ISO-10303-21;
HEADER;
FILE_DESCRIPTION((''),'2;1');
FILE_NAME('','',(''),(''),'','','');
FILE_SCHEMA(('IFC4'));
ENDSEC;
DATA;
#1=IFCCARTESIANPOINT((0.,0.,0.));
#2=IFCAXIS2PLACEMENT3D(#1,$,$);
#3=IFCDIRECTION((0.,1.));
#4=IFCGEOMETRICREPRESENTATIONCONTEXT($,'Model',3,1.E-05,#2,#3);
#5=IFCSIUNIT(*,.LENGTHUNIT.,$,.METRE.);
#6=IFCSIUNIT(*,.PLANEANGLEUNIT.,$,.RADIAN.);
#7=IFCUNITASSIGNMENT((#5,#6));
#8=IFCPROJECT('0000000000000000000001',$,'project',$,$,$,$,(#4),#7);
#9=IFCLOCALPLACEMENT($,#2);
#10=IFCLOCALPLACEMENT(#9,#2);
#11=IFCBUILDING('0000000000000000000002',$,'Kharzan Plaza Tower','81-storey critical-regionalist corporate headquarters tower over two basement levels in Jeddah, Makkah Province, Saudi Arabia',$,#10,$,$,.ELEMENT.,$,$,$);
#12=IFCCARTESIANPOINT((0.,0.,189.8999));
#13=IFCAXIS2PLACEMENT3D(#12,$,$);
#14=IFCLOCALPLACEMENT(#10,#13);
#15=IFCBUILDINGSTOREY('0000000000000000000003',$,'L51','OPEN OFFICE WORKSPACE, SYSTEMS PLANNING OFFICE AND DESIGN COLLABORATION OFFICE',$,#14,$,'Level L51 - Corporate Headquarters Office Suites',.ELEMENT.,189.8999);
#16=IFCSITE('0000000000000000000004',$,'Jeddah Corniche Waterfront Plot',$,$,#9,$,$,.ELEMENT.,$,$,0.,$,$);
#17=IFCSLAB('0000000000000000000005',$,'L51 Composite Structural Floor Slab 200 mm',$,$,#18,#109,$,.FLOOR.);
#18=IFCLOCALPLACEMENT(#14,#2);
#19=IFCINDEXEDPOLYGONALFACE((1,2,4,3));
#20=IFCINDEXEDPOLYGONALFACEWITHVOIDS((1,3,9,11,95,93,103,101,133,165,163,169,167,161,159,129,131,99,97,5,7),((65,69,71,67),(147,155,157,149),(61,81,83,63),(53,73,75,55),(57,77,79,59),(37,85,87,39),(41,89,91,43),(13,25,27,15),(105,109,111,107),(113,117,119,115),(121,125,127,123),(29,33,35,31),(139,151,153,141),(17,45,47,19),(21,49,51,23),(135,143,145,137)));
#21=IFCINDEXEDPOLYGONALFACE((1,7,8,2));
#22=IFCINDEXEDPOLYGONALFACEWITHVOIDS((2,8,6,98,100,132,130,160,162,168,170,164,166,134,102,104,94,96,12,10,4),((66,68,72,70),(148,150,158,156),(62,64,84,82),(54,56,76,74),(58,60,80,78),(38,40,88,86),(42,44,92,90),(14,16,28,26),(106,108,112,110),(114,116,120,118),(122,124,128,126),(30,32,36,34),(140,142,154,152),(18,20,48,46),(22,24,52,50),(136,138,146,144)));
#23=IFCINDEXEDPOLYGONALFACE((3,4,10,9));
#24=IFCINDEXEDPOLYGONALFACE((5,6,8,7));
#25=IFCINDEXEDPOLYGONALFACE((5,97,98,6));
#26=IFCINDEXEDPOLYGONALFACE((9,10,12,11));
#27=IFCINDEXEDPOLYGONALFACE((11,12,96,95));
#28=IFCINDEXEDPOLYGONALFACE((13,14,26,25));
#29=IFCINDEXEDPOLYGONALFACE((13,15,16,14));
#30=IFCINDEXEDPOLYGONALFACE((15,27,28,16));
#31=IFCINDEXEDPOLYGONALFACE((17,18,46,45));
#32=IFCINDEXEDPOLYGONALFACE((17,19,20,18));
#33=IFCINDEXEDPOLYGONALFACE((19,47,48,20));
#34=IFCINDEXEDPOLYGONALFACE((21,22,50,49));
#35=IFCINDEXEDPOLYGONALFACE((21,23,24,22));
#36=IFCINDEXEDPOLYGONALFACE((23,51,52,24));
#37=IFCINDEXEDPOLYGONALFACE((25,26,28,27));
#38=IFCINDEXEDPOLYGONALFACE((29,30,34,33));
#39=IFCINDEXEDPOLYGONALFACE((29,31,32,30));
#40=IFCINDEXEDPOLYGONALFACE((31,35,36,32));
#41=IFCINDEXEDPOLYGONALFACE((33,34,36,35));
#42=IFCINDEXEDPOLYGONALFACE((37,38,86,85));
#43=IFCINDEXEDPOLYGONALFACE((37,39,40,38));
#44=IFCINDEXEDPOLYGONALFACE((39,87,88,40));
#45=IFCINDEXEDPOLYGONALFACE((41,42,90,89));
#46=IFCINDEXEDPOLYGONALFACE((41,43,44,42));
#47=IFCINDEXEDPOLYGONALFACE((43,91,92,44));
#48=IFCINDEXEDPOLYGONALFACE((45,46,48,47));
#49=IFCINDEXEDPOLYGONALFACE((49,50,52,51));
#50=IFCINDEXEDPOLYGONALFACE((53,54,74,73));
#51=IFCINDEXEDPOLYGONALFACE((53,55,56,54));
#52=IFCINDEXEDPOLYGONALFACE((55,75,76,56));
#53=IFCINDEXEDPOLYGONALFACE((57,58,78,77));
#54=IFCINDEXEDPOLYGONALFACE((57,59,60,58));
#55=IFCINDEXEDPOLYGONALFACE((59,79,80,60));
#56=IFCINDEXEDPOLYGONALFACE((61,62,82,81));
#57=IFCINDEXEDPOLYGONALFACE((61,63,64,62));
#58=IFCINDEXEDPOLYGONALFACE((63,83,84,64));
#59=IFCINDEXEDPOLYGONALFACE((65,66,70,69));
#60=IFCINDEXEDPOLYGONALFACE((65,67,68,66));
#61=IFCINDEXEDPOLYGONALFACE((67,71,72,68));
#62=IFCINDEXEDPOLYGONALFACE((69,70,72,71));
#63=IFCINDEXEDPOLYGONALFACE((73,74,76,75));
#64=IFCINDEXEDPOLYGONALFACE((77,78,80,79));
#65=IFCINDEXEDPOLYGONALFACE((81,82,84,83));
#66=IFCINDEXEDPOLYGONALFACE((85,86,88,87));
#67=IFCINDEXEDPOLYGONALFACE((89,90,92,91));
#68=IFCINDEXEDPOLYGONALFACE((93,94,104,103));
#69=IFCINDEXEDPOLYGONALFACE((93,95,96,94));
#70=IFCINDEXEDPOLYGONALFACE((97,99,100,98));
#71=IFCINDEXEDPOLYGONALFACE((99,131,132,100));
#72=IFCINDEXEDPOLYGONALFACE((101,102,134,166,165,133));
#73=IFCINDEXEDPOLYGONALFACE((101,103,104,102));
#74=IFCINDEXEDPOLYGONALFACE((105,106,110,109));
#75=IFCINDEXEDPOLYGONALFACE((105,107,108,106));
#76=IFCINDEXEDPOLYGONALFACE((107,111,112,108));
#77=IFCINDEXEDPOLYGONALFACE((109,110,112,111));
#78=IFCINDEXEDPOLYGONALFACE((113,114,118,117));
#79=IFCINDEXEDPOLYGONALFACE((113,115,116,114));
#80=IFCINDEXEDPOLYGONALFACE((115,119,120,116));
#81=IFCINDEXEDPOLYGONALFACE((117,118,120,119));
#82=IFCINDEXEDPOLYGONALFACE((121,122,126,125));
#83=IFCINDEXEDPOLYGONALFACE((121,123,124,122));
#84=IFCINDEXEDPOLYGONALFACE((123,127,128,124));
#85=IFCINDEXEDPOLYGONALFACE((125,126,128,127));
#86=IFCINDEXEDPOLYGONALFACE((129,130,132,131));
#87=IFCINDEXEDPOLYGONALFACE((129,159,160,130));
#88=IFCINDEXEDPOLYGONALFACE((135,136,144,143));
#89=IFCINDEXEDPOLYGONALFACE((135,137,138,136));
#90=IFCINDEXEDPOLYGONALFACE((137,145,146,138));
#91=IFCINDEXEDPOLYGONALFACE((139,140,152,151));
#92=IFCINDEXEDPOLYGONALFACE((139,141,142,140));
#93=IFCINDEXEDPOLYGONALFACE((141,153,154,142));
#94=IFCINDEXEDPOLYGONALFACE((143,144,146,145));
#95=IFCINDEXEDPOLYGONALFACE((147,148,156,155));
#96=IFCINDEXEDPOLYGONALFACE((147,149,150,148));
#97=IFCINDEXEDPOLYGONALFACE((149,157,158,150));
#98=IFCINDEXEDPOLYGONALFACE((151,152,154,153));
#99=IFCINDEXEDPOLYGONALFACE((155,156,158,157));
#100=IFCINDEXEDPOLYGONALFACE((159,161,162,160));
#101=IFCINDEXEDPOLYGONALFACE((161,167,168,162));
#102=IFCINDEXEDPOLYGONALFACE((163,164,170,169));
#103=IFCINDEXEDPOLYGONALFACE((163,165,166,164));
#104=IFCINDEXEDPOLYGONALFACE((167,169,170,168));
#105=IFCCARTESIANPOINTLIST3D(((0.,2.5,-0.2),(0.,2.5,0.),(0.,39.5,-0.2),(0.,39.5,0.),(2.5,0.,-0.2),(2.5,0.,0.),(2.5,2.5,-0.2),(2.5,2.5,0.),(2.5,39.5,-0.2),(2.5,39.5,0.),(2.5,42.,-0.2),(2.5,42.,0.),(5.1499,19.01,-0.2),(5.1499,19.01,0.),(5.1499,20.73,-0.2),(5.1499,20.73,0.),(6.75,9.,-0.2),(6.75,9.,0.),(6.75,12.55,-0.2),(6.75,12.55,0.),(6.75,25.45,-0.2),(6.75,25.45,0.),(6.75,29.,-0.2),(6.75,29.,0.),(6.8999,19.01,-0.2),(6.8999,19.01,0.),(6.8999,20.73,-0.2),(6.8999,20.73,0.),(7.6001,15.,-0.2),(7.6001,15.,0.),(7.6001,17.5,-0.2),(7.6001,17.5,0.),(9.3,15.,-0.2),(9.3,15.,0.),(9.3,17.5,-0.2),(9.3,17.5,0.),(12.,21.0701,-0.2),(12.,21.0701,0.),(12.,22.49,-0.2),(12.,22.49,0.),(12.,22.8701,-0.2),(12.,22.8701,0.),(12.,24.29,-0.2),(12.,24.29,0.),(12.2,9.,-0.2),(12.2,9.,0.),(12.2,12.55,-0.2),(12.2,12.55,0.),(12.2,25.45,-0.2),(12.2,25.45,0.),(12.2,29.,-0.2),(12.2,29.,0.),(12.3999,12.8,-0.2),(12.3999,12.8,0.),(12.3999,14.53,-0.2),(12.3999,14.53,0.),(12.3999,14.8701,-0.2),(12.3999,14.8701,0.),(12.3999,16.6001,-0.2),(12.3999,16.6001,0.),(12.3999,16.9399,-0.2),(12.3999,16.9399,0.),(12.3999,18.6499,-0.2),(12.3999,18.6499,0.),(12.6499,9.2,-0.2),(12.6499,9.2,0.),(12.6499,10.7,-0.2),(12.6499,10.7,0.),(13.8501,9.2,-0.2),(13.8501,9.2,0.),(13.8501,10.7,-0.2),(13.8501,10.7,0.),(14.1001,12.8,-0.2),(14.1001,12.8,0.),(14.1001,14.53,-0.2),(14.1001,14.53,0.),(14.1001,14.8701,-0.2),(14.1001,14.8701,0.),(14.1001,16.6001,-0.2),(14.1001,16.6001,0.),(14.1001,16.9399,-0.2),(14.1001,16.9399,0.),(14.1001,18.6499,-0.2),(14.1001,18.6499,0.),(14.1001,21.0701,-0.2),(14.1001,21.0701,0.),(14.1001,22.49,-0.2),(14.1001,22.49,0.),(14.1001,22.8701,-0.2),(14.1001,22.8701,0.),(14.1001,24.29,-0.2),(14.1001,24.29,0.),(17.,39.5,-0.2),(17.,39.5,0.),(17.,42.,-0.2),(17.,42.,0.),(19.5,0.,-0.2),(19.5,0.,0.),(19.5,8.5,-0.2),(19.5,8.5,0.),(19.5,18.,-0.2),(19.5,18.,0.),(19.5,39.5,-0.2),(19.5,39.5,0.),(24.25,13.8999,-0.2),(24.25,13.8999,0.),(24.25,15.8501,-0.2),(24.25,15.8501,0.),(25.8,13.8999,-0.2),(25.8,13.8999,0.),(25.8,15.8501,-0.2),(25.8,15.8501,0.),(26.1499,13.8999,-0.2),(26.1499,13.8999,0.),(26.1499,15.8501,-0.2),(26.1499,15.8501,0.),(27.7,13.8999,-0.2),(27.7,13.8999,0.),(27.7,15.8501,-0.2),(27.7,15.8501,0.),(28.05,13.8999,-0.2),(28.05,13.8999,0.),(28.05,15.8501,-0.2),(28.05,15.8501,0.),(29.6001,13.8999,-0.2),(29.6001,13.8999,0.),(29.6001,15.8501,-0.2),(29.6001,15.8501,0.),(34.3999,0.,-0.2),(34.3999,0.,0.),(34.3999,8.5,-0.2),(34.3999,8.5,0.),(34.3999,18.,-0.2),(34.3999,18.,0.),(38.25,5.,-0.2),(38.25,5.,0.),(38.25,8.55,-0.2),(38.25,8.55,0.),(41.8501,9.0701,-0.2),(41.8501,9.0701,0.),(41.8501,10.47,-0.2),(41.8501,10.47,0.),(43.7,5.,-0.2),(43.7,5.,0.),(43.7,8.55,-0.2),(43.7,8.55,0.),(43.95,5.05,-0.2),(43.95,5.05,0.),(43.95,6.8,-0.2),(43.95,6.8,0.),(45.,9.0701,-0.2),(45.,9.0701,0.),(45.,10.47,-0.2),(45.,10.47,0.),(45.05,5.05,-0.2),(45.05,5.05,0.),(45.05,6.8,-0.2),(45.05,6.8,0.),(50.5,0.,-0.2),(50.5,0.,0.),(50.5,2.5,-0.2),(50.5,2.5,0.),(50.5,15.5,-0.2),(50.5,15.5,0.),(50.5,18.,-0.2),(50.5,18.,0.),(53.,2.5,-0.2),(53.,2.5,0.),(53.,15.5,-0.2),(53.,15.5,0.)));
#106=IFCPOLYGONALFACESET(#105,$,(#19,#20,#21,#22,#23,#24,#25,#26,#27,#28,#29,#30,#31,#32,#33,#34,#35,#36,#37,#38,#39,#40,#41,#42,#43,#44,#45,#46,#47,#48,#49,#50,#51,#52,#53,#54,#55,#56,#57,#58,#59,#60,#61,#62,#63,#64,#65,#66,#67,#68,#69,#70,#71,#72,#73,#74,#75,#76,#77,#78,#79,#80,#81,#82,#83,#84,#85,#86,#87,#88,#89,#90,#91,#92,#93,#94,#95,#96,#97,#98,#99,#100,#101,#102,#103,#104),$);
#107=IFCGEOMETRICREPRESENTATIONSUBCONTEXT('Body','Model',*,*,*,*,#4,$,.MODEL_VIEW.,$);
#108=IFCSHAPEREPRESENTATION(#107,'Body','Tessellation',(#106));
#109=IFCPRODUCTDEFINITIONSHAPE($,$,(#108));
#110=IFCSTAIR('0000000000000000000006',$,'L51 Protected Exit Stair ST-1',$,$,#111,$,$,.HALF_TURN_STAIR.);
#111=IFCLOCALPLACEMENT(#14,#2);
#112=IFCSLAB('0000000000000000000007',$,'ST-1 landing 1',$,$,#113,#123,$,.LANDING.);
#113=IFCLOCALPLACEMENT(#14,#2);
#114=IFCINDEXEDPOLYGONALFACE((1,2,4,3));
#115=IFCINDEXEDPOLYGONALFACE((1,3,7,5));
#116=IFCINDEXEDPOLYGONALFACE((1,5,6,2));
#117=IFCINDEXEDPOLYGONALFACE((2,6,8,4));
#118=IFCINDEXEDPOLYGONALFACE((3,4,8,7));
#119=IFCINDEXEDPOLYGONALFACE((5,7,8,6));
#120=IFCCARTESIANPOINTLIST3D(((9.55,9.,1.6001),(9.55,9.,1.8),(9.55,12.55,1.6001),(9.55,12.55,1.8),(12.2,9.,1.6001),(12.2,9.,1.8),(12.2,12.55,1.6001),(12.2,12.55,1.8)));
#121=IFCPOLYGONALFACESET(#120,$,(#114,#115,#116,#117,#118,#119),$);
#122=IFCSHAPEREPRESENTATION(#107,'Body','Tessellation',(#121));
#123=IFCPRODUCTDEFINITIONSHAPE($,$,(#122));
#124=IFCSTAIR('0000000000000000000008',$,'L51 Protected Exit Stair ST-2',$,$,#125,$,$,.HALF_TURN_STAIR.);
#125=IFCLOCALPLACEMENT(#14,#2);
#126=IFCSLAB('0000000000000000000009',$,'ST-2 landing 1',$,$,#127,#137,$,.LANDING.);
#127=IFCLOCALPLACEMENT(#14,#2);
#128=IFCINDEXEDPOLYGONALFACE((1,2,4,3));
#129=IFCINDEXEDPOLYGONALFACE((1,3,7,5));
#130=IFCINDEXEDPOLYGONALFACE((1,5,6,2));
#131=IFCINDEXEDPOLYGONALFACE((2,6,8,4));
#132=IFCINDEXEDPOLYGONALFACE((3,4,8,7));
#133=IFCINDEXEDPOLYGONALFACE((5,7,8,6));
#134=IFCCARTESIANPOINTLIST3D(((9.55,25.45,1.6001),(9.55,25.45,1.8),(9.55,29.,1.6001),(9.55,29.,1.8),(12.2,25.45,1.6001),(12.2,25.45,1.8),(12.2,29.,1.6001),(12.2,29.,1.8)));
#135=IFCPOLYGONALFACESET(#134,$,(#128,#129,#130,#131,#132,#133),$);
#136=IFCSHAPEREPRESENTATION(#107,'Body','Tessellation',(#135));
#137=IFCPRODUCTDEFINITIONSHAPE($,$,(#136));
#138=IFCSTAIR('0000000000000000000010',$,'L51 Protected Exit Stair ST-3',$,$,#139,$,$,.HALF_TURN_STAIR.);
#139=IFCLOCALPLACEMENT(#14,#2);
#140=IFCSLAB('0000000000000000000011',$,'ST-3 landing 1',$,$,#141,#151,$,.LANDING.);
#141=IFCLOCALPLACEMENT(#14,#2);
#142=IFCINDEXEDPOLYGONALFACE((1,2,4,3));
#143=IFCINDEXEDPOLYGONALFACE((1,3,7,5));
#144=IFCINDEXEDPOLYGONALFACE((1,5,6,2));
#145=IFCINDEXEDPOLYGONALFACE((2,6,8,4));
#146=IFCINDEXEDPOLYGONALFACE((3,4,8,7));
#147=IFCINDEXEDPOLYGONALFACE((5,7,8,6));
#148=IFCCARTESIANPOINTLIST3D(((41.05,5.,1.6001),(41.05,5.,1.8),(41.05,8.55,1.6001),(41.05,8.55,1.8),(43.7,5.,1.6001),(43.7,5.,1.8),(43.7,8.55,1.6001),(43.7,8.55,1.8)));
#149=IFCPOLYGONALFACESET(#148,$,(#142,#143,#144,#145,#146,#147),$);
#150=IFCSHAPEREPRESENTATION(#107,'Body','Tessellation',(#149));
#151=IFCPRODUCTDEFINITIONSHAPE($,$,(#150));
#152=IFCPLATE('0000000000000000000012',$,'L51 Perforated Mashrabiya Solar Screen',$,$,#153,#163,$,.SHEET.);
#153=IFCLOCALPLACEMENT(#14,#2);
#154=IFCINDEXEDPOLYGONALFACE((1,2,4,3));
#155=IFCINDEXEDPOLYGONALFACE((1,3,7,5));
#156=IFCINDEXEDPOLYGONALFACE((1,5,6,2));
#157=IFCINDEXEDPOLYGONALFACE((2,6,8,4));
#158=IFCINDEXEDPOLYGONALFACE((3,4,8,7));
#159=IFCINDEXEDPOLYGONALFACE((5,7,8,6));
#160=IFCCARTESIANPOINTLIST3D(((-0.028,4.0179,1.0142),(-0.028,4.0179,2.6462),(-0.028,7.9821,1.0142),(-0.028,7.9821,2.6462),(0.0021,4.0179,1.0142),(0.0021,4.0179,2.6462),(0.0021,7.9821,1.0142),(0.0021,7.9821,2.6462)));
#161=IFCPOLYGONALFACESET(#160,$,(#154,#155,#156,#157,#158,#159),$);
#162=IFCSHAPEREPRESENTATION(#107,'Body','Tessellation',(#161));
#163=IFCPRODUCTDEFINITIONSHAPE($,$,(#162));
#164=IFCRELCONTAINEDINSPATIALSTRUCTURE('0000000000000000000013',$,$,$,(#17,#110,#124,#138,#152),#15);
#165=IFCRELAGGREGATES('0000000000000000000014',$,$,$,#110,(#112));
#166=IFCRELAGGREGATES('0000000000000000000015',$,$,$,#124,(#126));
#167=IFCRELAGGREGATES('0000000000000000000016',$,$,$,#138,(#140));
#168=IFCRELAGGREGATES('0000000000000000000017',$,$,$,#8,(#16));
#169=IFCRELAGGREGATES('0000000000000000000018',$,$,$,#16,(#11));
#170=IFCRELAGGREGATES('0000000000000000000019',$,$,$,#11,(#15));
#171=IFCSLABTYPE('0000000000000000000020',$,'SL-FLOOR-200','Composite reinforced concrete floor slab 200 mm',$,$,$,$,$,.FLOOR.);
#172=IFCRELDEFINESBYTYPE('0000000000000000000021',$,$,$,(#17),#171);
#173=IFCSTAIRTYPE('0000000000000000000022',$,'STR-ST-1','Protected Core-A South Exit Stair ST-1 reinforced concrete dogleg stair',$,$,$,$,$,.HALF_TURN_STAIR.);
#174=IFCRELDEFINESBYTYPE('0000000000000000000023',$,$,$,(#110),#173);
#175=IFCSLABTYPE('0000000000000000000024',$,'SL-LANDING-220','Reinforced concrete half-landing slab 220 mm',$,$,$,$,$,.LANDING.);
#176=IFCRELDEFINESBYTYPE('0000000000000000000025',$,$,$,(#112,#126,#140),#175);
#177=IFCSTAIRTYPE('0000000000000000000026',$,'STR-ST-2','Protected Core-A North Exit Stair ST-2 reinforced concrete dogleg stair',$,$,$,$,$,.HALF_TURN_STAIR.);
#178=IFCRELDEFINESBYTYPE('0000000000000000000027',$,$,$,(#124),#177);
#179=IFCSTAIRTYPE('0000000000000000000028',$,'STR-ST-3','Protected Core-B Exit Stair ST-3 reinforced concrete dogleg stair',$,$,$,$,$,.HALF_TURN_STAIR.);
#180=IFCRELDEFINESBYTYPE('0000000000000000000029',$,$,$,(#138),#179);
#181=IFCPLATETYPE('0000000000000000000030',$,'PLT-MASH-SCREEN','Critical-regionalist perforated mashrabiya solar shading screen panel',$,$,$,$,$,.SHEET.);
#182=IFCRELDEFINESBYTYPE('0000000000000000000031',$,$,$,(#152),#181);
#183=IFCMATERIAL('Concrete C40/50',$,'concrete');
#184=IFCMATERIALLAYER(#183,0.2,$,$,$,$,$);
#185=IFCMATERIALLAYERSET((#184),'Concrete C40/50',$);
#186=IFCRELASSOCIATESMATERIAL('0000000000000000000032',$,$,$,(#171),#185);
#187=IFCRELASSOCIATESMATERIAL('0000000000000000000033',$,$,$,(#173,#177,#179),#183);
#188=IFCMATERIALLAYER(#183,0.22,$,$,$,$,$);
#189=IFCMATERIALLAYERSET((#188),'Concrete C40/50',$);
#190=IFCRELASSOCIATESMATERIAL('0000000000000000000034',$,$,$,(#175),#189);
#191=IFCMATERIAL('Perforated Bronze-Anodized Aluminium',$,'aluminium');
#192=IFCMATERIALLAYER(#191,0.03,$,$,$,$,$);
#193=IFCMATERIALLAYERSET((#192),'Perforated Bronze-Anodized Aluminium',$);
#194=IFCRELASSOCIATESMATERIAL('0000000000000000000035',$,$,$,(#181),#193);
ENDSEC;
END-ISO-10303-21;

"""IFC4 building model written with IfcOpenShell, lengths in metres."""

from ifc_helpers import new_model, si_unit, direction, frame, origin, origin_2d, place, context, subcontext, project, spatial, polyline, rectangle, outline, extrude, source, transform, mapped, material, layer, layer_set, type_object, element, aggregate, save


model = new_model("IFC4")

# Units and contexts
model_context = context("Model", 3, precision=1e-05, world=origin(), true_north=direction((0.0, 1.0)))
body_context = subcontext(model_context, "Body", "Model", "MODEL_VIEW")
ifc_project = project(units=[si_unit("LENGTHUNIT", "METRE"), si_unit("PLANEANGLEUNIT", "RADIAN")], contexts=[model_context])

# Site, building, storey
site_placement = place(None, origin())
site = spatial("IfcSite", under=ifc_project, at=site_placement, Name="Jeddah Corniche Waterfront Plot", CompositionType="ELEMENT", RefElevation=0.0)
building_placement = place(site_placement, origin())
building = spatial("IfcBuilding", under=site, at=building_placement, Name="Kharzan Plaza Tower", Description="81-storey critical-regionalist corporate headquarters tower over two basement levels in Jeddah, Makkah Province, Saudi Arabia", CompositionType="ELEMENT")
storey_placement = place(building_placement, frame((0.0, 0.0, 189.8999)))
storey = spatial("IfcBuildingStorey", under=building, at=storey_placement, Name="L51", Description="OPEN OFFICE WORKSPACE, SYSTEMS PLANNING OFFICE AND DESIGN COLLABORATION OFFICE", LongName="Level L51 - Corporate Headquarters Office Suites", CompositionType="ELEMENT", Elevation=189.8999)

# Slab
ifc_material_1 = material(Name="Concrete C40/50", Category="concrete")
ifc_layer_1 = layer(ifc_material_1, 0.2)
ifc_layer_set_1 = layer_set([ifc_layer_1], Name="Concrete C40/50")
slab_type_1 = type_object("IfcSlabType", Name="SL-FLOOR-200", Description="Composite reinforced concrete floor slab 200 mm", PredefinedType="FLOOR", material=ifc_layer_set_1)
slab_1_placement = place(storey_placement, frame((0.0, 0.0, -0.2)))
element("IfcSlab", 1, at=slab_1_placement, inside=storey, type_object=slab_type_1, Name="L51 Composite Structural Floor Slab 200 mm", PredefinedType="FLOOR", context=body_context, shape_type="SweptSolid", body=[
    extrude(outline(polyline([(34.3999, 18.0), (19.5, 18.0), (19.5, 39.5), (17.0, 39.5), (17.0, 42.0), (2.5, 42.0), (2.5, 39.5), (0.0, 39.5), (0.0, 2.5), (2.5, 2.5), (2.5, 0.0), (19.5, 0.0), (19.5, 8.5), (34.3999, 8.5), (34.3999, 0.0), (50.5, 0.0), (50.5, 2.5), (53.0, 2.5), (53.0, 15.5), (50.5, 15.5), (50.5, 18.0), (34.3999, 18.0)]), holes=[polyline([(12.2, 9.0), (12.2, 12.55), (6.75, 12.55), (6.75, 9.0), (12.2, 9.0)]), polyline([(14.1001, 12.8), (14.1001, 14.53), (12.3999, 14.53), (12.3999, 12.8), (14.1001, 12.8)]), polyline([(14.1001, 14.8701), (14.1001, 16.6001), (12.3999, 16.6001), (12.3999, 14.8701), (14.1001, 14.8701)]), polyline([(9.3, 15.0), (9.3, 17.5), (7.6001, 17.5), (7.6001, 15.0), (9.3, 15.0)]), polyline([(6.8999, 19.01), (6.8999, 20.73), (5.1499, 20.73), (5.1499, 19.01), (6.8999, 19.01)]), polyline([(14.1001, 21.0701), (14.1001, 22.49), (12.0, 22.49), (12.0, 21.0701), (14.1001, 21.0701)]), polyline([(14.1001, 22.8701), (14.1001, 24.29), (12.0, 24.29), (12.0, 22.8701), (14.1001, 22.8701)]), polyline([(12.2, 25.45), (12.2, 29.0), (6.75, 29.0), (6.75, 25.45), (12.2, 25.45)]), polyline([(45.05, 5.05), (45.05, 6.8), (43.95, 6.8), (43.95, 5.05), (45.05, 5.05)]), polyline([(43.7, 5.0), (43.7, 8.55), (38.25, 8.55), (38.25, 5.0), (43.7, 5.0)]), polyline([(45.0, 9.0701), (45.0, 10.47), (41.8501, 10.47), (41.8501, 9.0701), (45.0, 9.0701)]), polyline([(13.8501, 9.2), (13.8501, 10.7), (12.6499, 10.7), (12.6499, 9.2), (13.8501, 9.2)]), polyline([(25.8, 13.8999), (25.8, 15.8501), (24.25, 15.8501), (24.25, 13.8999), (25.8, 13.8999)]), polyline([(27.7, 13.8999), (27.7, 15.8501), (26.1499, 15.8501), (26.1499, 13.8999), (27.7, 13.8999)]), polyline([(29.6001, 13.8999), (29.6001, 15.8501), (28.05, 15.8501), (28.05, 13.8999), (29.6001, 13.8999)]), polyline([(14.1001, 16.9399), (14.1001, 18.6499), (12.3999, 18.6499), (12.3999, 16.9399), (14.1001, 16.9399)])]), origin(), (0.0, 0.0, 1.0), 0.2),
])

# Stairs, slabs
stair_type_1 = type_object("IfcStairType", Name="STR-ST-1", Description="Protected Core-A South Exit Stair ST-1 reinforced concrete dogleg stair", PredefinedType="HALF_TURN_STAIR", material=ifc_material_1)
stair_1_placement = place(storey_placement, origin())
stair_1 = element("IfcStair", 2, at=stair_1_placement, inside=storey, type_object=stair_type_1, Name="L51 Protected Exit Stair ST-1", PredefinedType="HALF_TURN_STAIR")
ifc_layer_2 = layer(ifc_material_1, 0.22)
ifc_layer_set_2 = layer_set([ifc_layer_2], Name="Concrete C40/50")
slab_type_2 = type_object("IfcSlabType", Name="SL-LANDING-220", Description="Reinforced concrete half-landing slab 220 mm", PredefinedType="LANDING", material=ifc_layer_set_2)
slab_2_placement = place(storey_placement, frame((0.0, 0.0, 1.6001)))
slab_2 = element("IfcSlab", 3, at=slab_2_placement, type_object=slab_type_2, Name="ST-1 landing 1", PredefinedType="LANDING", context=body_context, shape_type="SweptSolid", body=[
    extrude(outline(polyline([(9.55, 9.0), (12.2, 9.0), (12.2, 12.55), (9.55, 12.55), (9.55, 9.0)])), origin(), (0.0, 0.0, 1.0), 0.2),
])
aggregate(stair_1, [slab_2])
stair_type_2 = type_object("IfcStairType", Name="STR-ST-2", Description="Protected Core-A North Exit Stair ST-2 reinforced concrete dogleg stair", PredefinedType="HALF_TURN_STAIR", material=ifc_material_1)
stair_2_placement = place(storey_placement, origin())
stair_2 = element("IfcStair", 4, at=stair_2_placement, inside=storey, type_object=stair_type_2, Name="L51 Protected Exit Stair ST-2", PredefinedType="HALF_TURN_STAIR")
slab_3_placement = place(storey_placement, frame((0.0, 0.0, 1.6001)))
slab_3 = element("IfcSlab", 5, at=slab_3_placement, type_object=slab_type_2, Name="ST-2 landing 1", PredefinedType="LANDING", context=body_context, shape_type="SweptSolid", body=[
    extrude(outline(polyline([(9.55, 25.45), (12.2, 25.45), (12.2, 29.0), (9.55, 29.0), (9.55, 25.45)])), origin(), (0.0, 0.0, 1.0), 0.2),
])
aggregate(stair_2, [slab_3])
stair_type_3 = type_object("IfcStairType", Name="STR-ST-3", Description="Protected Core-B Exit Stair ST-3 reinforced concrete dogleg stair", PredefinedType="HALF_TURN_STAIR", material=ifc_material_1)
stair_3_placement = place(storey_placement, origin())
stair_3 = element("IfcStair", 6, at=stair_3_placement, inside=storey, type_object=stair_type_3, Name="L51 Protected Exit Stair ST-3", PredefinedType="HALF_TURN_STAIR")
slab_4_placement = place(storey_placement, frame((0.0, 0.0, 1.6001)))
slab_4 = element("IfcSlab", 7, at=slab_4_placement, type_object=slab_type_2, Name="ST-3 landing 1", PredefinedType="LANDING", context=body_context, shape_type="SweptSolid", body=[
    extrude(outline(polyline([(41.05, 5.0), (43.7, 5.0), (43.7, 8.55), (41.05, 8.55), (41.05, 5.0)])), origin(), (0.0, 0.0, 1.0), 0.2),
])
aggregate(stair_3, [slab_4])

# Plate
ifc_material_2 = material(Name="Perforated Bronze-Anodized Aluminium", Category="aluminium")
ifc_layer_3 = layer(ifc_material_2, 0.03)
ifc_layer_set_3 = layer_set([ifc_layer_3], Name="Perforated Bronze-Anodized Aluminium")
plate_type = type_object("IfcPlateType", Name="PLT-MASH-SCREEN", Description="Critical-regionalist perforated mashrabiya solar shading screen panel", PredefinedType="SHEET", material=ifc_layer_set_3)
shared_shape_1 = source(origin(), body_context, "Body", "SweptSolid", [
    extrude(rectangle(XDim=3.9641, YDim=0.03, at=origin_2d()), origin(), (0.0, 0.0, 1.0), 1.6321),
])
plate_placement = place(storey_placement, frame((-0.0129, 6.0, 1.0142), z_axis=(0.0, 0.0, 1.0), x_axis=(0.0, -1.0, 0.0)))
element("IfcPlate", 8, at=plate_placement, inside=storey, type_object=plate_type, Name="L51 Perforated Mashrabiya Solar Screen", PredefinedType="SHEET", context=body_context, shape_type="MappedRepresentation", body=[
    mapped(shared_shape_1, transform((0.0, 0.0, 0.0), x_axis=(1.0, 0.0, 0.0), y_axis=(0.0, 1.0, 0.0), z_axis=(0.0, 0.0, 1.0))),
])

save(model, "model.ifc")
